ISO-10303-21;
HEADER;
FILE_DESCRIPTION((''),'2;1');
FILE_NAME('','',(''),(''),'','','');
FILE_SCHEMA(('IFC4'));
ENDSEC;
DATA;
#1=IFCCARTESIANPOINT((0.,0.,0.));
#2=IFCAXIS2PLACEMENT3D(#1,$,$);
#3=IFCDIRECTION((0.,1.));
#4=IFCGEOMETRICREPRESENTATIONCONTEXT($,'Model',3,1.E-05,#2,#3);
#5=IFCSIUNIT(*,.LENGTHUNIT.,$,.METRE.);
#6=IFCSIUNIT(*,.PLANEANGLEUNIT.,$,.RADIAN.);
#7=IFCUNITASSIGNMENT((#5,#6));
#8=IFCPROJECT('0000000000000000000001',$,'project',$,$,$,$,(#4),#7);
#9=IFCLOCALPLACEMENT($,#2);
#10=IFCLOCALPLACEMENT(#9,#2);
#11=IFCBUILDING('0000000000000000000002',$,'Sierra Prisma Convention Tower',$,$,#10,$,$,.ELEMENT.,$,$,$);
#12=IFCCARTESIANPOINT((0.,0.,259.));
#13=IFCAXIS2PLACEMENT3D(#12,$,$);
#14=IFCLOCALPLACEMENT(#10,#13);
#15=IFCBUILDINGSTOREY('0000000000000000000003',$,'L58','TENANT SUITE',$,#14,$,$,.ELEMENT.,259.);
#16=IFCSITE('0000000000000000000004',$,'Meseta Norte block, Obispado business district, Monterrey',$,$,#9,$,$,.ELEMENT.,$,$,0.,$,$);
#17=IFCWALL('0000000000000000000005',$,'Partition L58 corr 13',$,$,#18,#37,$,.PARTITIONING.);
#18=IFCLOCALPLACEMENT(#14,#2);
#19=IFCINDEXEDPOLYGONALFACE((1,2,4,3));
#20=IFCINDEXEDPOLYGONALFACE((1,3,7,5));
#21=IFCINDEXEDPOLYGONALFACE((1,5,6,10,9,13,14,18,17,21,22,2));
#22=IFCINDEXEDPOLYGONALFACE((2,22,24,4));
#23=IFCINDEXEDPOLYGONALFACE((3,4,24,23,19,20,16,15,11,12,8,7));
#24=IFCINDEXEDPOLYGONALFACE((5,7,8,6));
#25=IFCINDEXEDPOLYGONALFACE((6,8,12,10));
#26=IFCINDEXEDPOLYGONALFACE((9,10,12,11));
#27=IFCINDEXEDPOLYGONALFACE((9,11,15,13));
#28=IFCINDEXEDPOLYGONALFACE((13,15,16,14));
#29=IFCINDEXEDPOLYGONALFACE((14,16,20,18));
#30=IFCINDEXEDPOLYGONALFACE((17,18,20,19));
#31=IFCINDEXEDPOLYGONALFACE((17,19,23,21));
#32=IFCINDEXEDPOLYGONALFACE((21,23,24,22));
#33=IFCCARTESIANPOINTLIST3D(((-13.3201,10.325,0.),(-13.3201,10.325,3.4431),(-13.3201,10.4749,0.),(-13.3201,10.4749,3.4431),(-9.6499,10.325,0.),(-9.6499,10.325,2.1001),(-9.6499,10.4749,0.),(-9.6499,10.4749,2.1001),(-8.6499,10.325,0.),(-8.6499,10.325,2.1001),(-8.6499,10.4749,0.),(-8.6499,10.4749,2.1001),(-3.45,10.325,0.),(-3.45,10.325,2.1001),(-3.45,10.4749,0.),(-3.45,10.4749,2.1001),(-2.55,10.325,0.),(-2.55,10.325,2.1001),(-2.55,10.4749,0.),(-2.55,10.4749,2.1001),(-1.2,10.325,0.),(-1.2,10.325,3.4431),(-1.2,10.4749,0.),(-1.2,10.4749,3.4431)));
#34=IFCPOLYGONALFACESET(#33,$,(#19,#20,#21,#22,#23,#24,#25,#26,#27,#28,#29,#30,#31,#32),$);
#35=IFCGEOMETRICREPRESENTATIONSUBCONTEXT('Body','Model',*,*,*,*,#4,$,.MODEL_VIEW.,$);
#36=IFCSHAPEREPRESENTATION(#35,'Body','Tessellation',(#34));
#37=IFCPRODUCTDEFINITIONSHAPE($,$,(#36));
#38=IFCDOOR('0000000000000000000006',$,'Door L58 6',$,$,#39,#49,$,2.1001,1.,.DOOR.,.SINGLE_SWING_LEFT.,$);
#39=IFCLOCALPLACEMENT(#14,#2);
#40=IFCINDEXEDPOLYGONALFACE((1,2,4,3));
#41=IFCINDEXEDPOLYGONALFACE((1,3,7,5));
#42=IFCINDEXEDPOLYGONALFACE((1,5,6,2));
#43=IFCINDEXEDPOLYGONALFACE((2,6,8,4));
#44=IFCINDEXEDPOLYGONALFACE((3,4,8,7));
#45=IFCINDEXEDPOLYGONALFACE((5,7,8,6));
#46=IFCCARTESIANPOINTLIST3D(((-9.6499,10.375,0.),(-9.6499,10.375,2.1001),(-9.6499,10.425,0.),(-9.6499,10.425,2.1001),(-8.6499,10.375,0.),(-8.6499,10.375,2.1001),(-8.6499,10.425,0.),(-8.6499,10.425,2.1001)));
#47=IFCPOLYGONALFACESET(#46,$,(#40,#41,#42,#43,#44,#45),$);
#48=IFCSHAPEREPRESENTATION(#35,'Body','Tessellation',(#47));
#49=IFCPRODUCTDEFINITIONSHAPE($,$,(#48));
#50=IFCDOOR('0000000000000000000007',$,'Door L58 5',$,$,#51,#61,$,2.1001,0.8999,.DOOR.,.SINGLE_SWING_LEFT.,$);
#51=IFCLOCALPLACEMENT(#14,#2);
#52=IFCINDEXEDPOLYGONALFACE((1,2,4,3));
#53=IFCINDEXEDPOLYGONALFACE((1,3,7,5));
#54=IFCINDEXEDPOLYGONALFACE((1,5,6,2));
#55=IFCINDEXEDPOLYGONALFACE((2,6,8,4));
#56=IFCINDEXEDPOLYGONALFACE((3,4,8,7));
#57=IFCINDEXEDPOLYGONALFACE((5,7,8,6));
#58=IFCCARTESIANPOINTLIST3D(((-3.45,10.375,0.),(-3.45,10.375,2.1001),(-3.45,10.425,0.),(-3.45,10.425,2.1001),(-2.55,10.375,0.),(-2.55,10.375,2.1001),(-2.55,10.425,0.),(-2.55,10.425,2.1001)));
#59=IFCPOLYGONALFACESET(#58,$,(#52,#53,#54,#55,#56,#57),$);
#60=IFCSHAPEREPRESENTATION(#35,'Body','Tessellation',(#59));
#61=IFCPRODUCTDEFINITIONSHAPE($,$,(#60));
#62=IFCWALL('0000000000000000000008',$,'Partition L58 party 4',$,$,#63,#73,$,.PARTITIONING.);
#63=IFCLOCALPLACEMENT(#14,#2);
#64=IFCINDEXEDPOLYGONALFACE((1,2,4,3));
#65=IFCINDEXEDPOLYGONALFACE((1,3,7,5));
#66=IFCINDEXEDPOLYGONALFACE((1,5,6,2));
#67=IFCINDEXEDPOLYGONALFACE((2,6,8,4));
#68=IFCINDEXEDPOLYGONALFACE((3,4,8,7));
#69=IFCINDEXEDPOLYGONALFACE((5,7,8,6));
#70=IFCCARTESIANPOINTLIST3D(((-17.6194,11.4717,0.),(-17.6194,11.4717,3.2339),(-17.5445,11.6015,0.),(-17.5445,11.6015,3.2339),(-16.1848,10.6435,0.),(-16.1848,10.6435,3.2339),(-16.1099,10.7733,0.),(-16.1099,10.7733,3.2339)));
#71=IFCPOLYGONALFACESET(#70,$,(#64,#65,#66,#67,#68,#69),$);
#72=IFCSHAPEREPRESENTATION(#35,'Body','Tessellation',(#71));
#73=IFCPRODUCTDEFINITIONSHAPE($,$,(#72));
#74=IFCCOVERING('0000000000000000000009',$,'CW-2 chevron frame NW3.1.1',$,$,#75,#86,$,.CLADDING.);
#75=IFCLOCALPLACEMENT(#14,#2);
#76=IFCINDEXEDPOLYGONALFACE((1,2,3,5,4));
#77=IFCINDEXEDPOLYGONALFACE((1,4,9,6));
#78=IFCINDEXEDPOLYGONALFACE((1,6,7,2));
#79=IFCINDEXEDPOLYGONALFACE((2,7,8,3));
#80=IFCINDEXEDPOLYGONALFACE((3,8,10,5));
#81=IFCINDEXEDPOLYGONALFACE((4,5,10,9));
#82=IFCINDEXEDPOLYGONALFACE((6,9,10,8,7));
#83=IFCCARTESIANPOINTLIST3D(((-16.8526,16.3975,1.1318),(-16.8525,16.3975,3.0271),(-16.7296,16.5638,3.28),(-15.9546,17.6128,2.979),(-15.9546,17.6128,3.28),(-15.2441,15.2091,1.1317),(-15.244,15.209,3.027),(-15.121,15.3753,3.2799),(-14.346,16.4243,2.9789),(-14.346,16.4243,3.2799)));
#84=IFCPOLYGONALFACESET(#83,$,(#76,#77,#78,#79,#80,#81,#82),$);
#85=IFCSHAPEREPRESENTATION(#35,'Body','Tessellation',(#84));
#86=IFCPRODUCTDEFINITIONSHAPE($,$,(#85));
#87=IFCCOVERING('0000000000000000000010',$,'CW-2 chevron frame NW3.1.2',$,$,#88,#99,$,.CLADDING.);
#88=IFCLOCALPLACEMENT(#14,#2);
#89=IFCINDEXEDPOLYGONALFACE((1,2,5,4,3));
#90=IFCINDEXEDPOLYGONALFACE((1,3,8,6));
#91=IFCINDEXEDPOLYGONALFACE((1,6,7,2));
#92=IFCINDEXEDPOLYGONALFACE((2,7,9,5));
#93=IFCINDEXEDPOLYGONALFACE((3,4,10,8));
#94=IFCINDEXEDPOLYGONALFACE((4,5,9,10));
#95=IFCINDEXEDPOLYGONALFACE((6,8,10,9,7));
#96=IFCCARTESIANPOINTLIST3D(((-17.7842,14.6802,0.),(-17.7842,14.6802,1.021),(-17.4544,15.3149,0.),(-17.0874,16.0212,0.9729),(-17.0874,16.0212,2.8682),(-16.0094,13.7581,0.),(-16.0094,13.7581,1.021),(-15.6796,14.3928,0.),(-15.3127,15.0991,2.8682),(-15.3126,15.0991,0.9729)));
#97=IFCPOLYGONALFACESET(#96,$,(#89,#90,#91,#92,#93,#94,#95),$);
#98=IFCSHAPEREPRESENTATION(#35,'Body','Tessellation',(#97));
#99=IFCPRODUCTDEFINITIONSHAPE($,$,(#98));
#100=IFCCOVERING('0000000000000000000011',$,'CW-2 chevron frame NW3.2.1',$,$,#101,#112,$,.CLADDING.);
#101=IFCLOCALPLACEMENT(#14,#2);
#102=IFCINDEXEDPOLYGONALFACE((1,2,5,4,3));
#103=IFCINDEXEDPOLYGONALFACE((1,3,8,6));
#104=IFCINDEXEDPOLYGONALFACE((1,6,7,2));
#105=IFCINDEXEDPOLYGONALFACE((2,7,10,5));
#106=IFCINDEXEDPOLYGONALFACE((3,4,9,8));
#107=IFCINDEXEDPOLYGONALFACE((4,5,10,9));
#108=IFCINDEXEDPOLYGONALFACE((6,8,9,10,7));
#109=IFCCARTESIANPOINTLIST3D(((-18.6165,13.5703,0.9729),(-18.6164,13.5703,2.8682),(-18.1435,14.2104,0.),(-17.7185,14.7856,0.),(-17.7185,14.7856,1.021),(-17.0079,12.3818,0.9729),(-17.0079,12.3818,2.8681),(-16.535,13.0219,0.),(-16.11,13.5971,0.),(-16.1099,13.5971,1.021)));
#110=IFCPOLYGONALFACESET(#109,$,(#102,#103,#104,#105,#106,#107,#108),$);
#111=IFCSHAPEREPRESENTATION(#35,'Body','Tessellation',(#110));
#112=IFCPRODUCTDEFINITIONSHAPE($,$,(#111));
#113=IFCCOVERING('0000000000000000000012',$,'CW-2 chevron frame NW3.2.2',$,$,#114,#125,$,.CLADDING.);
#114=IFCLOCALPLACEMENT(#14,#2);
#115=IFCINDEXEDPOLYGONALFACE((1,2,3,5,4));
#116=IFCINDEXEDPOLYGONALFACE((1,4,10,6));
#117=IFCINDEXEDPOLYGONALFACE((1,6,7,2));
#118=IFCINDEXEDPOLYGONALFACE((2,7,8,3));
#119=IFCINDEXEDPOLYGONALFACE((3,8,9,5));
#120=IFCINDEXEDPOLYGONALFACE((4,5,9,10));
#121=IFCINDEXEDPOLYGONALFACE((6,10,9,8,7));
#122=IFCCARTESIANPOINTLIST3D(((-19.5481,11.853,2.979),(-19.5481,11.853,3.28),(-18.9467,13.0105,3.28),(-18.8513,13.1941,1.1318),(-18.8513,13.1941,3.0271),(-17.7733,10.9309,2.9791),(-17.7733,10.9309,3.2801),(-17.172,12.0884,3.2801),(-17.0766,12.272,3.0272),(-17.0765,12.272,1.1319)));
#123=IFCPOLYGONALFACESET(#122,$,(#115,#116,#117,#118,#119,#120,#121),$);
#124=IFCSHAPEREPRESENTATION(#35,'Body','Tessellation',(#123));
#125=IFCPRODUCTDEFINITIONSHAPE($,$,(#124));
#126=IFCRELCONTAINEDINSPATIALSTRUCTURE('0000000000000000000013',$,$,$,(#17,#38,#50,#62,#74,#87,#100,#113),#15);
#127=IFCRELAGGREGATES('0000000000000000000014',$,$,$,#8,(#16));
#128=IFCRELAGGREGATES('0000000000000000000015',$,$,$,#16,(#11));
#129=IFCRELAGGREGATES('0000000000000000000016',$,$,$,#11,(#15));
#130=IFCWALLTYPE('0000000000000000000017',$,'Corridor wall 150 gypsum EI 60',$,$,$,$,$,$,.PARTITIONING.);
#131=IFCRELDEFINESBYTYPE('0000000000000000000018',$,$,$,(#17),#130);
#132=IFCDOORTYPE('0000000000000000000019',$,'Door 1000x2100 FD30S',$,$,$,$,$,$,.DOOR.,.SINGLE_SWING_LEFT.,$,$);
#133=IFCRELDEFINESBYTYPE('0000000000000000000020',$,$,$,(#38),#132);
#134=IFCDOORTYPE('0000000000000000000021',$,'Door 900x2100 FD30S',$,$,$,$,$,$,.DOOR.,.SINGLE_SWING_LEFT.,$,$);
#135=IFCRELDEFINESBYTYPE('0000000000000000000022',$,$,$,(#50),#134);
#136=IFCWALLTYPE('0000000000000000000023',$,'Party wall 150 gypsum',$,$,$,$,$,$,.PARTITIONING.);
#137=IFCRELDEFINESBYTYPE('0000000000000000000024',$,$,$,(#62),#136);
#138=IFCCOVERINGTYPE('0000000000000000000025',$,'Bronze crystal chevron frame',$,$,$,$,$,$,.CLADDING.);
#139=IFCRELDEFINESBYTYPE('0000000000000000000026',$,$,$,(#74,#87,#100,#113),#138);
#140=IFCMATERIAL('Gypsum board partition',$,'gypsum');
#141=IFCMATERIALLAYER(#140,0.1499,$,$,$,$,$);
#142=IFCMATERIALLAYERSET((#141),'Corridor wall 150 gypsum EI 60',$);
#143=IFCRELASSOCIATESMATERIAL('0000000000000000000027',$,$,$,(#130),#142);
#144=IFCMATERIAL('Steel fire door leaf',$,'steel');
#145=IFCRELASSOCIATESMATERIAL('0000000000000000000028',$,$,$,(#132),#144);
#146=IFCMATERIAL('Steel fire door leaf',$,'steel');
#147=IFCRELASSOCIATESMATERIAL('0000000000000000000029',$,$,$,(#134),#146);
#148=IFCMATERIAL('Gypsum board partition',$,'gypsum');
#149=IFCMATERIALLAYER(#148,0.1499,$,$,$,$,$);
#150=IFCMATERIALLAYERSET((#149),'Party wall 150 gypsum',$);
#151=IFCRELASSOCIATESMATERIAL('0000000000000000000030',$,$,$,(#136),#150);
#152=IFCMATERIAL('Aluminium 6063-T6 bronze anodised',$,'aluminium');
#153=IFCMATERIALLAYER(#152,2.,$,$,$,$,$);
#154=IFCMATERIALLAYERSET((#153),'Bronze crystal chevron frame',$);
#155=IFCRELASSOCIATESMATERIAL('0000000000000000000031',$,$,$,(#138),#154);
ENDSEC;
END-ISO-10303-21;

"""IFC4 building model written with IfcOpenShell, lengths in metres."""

from ifc_helpers import new_model, si_unit, direction, frame, frame_2d, origin, place, context, subcontext, project, spatial, polyline, rectangle, outline, extrude, material, layer, layer_set, type_object, element, fill, save


model = new_model("IFC4")

# Units and contexts
model_context = context("Model", 3, precision=1e-05, world=origin(), true_north=direction((0.0, 1.0)))
body_context = subcontext(model_context, "Body", "Model", "MODEL_VIEW")
ifc_project = project(units=[si_unit("LENGTHUNIT", "METRE"), si_unit("PLANEANGLEUNIT", "RADIAN")], contexts=[model_context])

# Site, building, storey
site_placement = place(None, origin())
site = spatial("IfcSite", under=ifc_project, at=site_placement, Name="Meseta Norte block, Obispado business district, Monterrey", CompositionType="ELEMENT", RefElevation=0.0)
building_placement = place(site_placement, origin())
building = spatial("IfcBuilding", under=site, at=building_placement, Name="Sierra Prisma Convention Tower", CompositionType="ELEMENT")
storey_placement = place(building_placement, frame((0.0, 0.0, 259.0)))
storey = spatial("IfcBuildingStorey", under=building, at=storey_placement, Name="L58", Description="TENANT SUITE", CompositionType="ELEMENT", Elevation=259.0)

# Shared definitions
ifc_material_1 = material(Name="Gypsum board partition", Category="gypsum")
ifc_layer_1 = layer(ifc_material_1, 0.1499)
ifc_layer_set_1 = layer_set([ifc_layer_1], Name="Corridor wall 150 gypsum EI 60")
wall_type_1 = type_object("IfcWallType", Name="Corridor wall 150 gypsum EI 60", PredefinedType="PARTITIONING", material=ifc_layer_set_1)

# Wall, openings, doors
wall_1_placement = place(storey_placement, frame((-1.2, 10.3999, 0.0), z_axis=(0.0, 0.0, 1.0), x_axis=(-1.0, 0.0, 0.0)))
wall_1 = element("IfcWall", 1, at=wall_1_placement, inside=storey, type_object=wall_type_1, Name="Partition L58 corr 13", PredefinedType="PARTITIONING", context=body_context, shape_type="SweptSolid", body=[
    extrude(rectangle(XDim=12.1201, YDim=0.1499, at=frame_2d((6.0601, 0.0))), origin(), (0.0, 0.0, 1.0), 3.4431),
])
opening_1_placement = place(wall_1_placement, frame((1.3501, 0.0, 0.0)))
opening_1 = element("IfcOpeningElement", 2, at=opening_1_placement, cuts=wall_1, PredefinedType="OPENING", context=body_context, shape_type="SweptSolid", body=[
    extrude(rectangle(XDim=0.8999, YDim=2.1001, at=frame_2d((0.45, 1.05))), frame((0.0, 0.075, 0.0), z_axis=(0.0, -1.0, 0.0), x_axis=(1.0, 0.0, 0.0)), (0.0, 0.0, 1.0), 0.1499),
])
opening_2_placement = place(wall_1_placement, frame((7.45, 0.0, 0.0)))
opening_2 = element("IfcOpeningElement", 3, at=opening_2_placement, cuts=wall_1, PredefinedType="OPENING", context=body_context, shape_type="SweptSolid", body=[
    extrude(rectangle(XDim=1.0, YDim=2.1001, at=frame_2d((0.5, 1.05))), frame((0.0, 0.075, 0.0), z_axis=(0.0, -1.0, 0.0), x_axis=(1.0, 0.0, 0.0)), (0.0, 0.0, 1.0), 0.1499),
])
ifc_material_2 = material(Name="Steel fire door leaf", Category="steel")
door_type_1 = type_object("IfcDoorType", Name="Door 1000x2100 FD30S", OperationType="SINGLE_SWING_LEFT", PredefinedType="DOOR", material=ifc_material_2)
door_1_placement = place(opening_2_placement, origin())
door_1 = element("IfcDoor", 4, at=door_1_placement, inside=storey, type_object=door_type_1, Name="Door L58 6", OperationType="SINGLE_SWING_LEFT", OverallHeight=2.1001, OverallWidth=1.0, PredefinedType="DOOR", context=body_context, shape_type="SweptSolid", body=[
    extrude(rectangle(XDim=1.0, YDim=2.1001, at=frame_2d((0.5, 1.05))), frame((0.0, 0.0249, 0.0), z_axis=(0.0, -1.0, 0.0), x_axis=(1.0, 0.0, 0.0)), (0.0, 0.0, 1.0), 0.05),
])
fill(opening_2, door_1)
ifc_material_3 = material(Name="Steel fire door leaf", Category="steel")
door_type_2 = type_object("IfcDoorType", Name="Door 900x2100 FD30S", OperationType="SINGLE_SWING_LEFT", PredefinedType="DOOR", material=ifc_material_3)
door_2_placement = place(opening_1_placement, origin())
door_2 = element("IfcDoor", 5, at=door_2_placement, inside=storey, type_object=door_type_2, Name="Door L58 5", OperationType="SINGLE_SWING_LEFT", OverallHeight=2.1001, OverallWidth=0.8999, PredefinedType="DOOR", context=body_context, shape_type="SweptSolid", body=[
    extrude(rectangle(XDim=0.8999, YDim=2.1001, at=frame_2d((0.45, 1.05))), frame((0.0, 0.0249, 0.0), z_axis=(0.0, -1.0, 0.0), x_axis=(1.0, 0.0, 0.0)), (0.0, 0.0, 1.0), 0.05),
])
fill(opening_1, door_2)

# Wall
ifc_material_4 = material(Name="Gypsum board partition", Category="gypsum")
ifc_layer_2 = layer(ifc_material_4, 0.1499)
ifc_layer_set_2 = layer_set([ifc_layer_2], Name="Party wall 150 gypsum")
wall_type_2 = type_object("IfcWallType", Name="Party wall 150 gypsum", PredefinedType="PARTITIONING", material=ifc_layer_set_2)
wall_2_placement = place(storey_placement, frame((-16.1475, 10.7085, 0.0), z_axis=(0.0, 0.0, 1.0), x_axis=(-0.866058, 0.499944, 0.0)))
element("IfcWall", 6, at=wall_2_placement, inside=storey, type_object=wall_type_2, Name="Partition L58 party 4", PredefinedType="PARTITIONING", context=body_context, shape_type="SweptSolid", body=[
    extrude(rectangle(XDim=1.6565, YDim=0.1499, at=frame_2d((0.8281, 0.0))), origin(), (0.0, 0.0, 1.0), 3.2339),
])

# Coverings
ifc_material_5 = material(Name="Aluminium 6063-T6 bronze anodised", Category="aluminium")
ifc_layer_3 = layer(ifc_material_5, 2.0)
ifc_layer_set_3 = layer_set([ifc_layer_3], Name="Bronze crystal chevron frame")
covering_type = type_object("IfcCoveringType", Name="Bronze crystal chevron frame", PredefinedType="CLADDING", material=ifc_layer_set_3)
covering_1_placement = place(storey_placement, frame((-15.9546, 17.6128, 3.28), z_axis=(-0.80429, 0.594236, 0.000069), x_axis=(-0.000055, 0.000041, -1.0)))
element("IfcCovering", 7, at=covering_1_placement, inside=storey, type_object=covering_type, Name="CW-2 chevron frame NW3.1.1", PredefinedType="CLADDING", context=body_context, shape_type="SweptSolid", body=[
    extrude(outline(polyline([(0.0, 0.0), (0.301, 0.0), (2.1482, 1.5111), (0.2529, 1.5111), (0.0, 1.3042), (0.0, 0.0)])), origin(), (0.0, 0.0, -1.0), 2.0),
])
covering_2_placement = place(storey_placement, frame((-17.0874, 16.0212, 2.8682), z_axis=(-0.887371, 0.461057, -0.000008), x_axis=(0.000007, -0.000003, -1.0)))
element("IfcCovering", 8, at=covering_2_placement, inside=storey, type_object=covering_type, Name="CW-2 chevron frame NW3.1.2", PredefinedType="CLADDING", context=body_context, shape_type="SweptSolid", body=[
    extrude(outline(polyline([(0.0, 0.0), (1.8953, 0.0), (2.8682, 0.7959), (2.8682, 1.5113), (1.8472, 1.5113), (0.0, 0.0)])), origin(), (0.0, 0.0, -1.0), 2.0),
])
covering_3_placement = place(storey_placement, frame((-17.7185, 14.7856, 0.0), z_axis=(-0.804278, 0.594254, 0.000016), x_axis=(-0.594254, -0.804278, 0.0)))
element("IfcCovering", 9, at=covering_3_placement, inside=storey, type_object=covering_type, Name="CW-2 chevron frame NW3.2.1", PredefinedType="CLADDING", context=body_context, shape_type="SweptSolid", body=[
    extrude(outline(polyline([(0.0, 0.0), (0.7152, 0.0), (1.5111, 0.9729), (1.5111, 2.8682), (0.0, 1.021), (0.0, 0.0)])), origin(), (0.0, 0.0, -1.0), 2.0),
])
covering_4_placement = place(storey_placement, frame((-19.5481, 11.853, 3.28), z_axis=(-0.887375, 0.461049, -0.000025), x_axis=(0.461049, 0.887375, 0.0)))
element("IfcCovering", 10, at=covering_4_placement, inside=storey, type_object=covering_type, Name="CW-2 chevron frame NW3.2.2", PredefinedType="CLADDING", context=body_context, shape_type="SweptSolid", body=[
    extrude(outline(polyline([(0.0, 0.0), (1.3043, 0.0), (1.5113, 0.2529), (1.5113, 2.1482), (0.0, 0.301), (0.0, 0.0)])), origin(), (0.0, 0.0, -1.0), 2.0),
])

save(model, "model.ifc")
